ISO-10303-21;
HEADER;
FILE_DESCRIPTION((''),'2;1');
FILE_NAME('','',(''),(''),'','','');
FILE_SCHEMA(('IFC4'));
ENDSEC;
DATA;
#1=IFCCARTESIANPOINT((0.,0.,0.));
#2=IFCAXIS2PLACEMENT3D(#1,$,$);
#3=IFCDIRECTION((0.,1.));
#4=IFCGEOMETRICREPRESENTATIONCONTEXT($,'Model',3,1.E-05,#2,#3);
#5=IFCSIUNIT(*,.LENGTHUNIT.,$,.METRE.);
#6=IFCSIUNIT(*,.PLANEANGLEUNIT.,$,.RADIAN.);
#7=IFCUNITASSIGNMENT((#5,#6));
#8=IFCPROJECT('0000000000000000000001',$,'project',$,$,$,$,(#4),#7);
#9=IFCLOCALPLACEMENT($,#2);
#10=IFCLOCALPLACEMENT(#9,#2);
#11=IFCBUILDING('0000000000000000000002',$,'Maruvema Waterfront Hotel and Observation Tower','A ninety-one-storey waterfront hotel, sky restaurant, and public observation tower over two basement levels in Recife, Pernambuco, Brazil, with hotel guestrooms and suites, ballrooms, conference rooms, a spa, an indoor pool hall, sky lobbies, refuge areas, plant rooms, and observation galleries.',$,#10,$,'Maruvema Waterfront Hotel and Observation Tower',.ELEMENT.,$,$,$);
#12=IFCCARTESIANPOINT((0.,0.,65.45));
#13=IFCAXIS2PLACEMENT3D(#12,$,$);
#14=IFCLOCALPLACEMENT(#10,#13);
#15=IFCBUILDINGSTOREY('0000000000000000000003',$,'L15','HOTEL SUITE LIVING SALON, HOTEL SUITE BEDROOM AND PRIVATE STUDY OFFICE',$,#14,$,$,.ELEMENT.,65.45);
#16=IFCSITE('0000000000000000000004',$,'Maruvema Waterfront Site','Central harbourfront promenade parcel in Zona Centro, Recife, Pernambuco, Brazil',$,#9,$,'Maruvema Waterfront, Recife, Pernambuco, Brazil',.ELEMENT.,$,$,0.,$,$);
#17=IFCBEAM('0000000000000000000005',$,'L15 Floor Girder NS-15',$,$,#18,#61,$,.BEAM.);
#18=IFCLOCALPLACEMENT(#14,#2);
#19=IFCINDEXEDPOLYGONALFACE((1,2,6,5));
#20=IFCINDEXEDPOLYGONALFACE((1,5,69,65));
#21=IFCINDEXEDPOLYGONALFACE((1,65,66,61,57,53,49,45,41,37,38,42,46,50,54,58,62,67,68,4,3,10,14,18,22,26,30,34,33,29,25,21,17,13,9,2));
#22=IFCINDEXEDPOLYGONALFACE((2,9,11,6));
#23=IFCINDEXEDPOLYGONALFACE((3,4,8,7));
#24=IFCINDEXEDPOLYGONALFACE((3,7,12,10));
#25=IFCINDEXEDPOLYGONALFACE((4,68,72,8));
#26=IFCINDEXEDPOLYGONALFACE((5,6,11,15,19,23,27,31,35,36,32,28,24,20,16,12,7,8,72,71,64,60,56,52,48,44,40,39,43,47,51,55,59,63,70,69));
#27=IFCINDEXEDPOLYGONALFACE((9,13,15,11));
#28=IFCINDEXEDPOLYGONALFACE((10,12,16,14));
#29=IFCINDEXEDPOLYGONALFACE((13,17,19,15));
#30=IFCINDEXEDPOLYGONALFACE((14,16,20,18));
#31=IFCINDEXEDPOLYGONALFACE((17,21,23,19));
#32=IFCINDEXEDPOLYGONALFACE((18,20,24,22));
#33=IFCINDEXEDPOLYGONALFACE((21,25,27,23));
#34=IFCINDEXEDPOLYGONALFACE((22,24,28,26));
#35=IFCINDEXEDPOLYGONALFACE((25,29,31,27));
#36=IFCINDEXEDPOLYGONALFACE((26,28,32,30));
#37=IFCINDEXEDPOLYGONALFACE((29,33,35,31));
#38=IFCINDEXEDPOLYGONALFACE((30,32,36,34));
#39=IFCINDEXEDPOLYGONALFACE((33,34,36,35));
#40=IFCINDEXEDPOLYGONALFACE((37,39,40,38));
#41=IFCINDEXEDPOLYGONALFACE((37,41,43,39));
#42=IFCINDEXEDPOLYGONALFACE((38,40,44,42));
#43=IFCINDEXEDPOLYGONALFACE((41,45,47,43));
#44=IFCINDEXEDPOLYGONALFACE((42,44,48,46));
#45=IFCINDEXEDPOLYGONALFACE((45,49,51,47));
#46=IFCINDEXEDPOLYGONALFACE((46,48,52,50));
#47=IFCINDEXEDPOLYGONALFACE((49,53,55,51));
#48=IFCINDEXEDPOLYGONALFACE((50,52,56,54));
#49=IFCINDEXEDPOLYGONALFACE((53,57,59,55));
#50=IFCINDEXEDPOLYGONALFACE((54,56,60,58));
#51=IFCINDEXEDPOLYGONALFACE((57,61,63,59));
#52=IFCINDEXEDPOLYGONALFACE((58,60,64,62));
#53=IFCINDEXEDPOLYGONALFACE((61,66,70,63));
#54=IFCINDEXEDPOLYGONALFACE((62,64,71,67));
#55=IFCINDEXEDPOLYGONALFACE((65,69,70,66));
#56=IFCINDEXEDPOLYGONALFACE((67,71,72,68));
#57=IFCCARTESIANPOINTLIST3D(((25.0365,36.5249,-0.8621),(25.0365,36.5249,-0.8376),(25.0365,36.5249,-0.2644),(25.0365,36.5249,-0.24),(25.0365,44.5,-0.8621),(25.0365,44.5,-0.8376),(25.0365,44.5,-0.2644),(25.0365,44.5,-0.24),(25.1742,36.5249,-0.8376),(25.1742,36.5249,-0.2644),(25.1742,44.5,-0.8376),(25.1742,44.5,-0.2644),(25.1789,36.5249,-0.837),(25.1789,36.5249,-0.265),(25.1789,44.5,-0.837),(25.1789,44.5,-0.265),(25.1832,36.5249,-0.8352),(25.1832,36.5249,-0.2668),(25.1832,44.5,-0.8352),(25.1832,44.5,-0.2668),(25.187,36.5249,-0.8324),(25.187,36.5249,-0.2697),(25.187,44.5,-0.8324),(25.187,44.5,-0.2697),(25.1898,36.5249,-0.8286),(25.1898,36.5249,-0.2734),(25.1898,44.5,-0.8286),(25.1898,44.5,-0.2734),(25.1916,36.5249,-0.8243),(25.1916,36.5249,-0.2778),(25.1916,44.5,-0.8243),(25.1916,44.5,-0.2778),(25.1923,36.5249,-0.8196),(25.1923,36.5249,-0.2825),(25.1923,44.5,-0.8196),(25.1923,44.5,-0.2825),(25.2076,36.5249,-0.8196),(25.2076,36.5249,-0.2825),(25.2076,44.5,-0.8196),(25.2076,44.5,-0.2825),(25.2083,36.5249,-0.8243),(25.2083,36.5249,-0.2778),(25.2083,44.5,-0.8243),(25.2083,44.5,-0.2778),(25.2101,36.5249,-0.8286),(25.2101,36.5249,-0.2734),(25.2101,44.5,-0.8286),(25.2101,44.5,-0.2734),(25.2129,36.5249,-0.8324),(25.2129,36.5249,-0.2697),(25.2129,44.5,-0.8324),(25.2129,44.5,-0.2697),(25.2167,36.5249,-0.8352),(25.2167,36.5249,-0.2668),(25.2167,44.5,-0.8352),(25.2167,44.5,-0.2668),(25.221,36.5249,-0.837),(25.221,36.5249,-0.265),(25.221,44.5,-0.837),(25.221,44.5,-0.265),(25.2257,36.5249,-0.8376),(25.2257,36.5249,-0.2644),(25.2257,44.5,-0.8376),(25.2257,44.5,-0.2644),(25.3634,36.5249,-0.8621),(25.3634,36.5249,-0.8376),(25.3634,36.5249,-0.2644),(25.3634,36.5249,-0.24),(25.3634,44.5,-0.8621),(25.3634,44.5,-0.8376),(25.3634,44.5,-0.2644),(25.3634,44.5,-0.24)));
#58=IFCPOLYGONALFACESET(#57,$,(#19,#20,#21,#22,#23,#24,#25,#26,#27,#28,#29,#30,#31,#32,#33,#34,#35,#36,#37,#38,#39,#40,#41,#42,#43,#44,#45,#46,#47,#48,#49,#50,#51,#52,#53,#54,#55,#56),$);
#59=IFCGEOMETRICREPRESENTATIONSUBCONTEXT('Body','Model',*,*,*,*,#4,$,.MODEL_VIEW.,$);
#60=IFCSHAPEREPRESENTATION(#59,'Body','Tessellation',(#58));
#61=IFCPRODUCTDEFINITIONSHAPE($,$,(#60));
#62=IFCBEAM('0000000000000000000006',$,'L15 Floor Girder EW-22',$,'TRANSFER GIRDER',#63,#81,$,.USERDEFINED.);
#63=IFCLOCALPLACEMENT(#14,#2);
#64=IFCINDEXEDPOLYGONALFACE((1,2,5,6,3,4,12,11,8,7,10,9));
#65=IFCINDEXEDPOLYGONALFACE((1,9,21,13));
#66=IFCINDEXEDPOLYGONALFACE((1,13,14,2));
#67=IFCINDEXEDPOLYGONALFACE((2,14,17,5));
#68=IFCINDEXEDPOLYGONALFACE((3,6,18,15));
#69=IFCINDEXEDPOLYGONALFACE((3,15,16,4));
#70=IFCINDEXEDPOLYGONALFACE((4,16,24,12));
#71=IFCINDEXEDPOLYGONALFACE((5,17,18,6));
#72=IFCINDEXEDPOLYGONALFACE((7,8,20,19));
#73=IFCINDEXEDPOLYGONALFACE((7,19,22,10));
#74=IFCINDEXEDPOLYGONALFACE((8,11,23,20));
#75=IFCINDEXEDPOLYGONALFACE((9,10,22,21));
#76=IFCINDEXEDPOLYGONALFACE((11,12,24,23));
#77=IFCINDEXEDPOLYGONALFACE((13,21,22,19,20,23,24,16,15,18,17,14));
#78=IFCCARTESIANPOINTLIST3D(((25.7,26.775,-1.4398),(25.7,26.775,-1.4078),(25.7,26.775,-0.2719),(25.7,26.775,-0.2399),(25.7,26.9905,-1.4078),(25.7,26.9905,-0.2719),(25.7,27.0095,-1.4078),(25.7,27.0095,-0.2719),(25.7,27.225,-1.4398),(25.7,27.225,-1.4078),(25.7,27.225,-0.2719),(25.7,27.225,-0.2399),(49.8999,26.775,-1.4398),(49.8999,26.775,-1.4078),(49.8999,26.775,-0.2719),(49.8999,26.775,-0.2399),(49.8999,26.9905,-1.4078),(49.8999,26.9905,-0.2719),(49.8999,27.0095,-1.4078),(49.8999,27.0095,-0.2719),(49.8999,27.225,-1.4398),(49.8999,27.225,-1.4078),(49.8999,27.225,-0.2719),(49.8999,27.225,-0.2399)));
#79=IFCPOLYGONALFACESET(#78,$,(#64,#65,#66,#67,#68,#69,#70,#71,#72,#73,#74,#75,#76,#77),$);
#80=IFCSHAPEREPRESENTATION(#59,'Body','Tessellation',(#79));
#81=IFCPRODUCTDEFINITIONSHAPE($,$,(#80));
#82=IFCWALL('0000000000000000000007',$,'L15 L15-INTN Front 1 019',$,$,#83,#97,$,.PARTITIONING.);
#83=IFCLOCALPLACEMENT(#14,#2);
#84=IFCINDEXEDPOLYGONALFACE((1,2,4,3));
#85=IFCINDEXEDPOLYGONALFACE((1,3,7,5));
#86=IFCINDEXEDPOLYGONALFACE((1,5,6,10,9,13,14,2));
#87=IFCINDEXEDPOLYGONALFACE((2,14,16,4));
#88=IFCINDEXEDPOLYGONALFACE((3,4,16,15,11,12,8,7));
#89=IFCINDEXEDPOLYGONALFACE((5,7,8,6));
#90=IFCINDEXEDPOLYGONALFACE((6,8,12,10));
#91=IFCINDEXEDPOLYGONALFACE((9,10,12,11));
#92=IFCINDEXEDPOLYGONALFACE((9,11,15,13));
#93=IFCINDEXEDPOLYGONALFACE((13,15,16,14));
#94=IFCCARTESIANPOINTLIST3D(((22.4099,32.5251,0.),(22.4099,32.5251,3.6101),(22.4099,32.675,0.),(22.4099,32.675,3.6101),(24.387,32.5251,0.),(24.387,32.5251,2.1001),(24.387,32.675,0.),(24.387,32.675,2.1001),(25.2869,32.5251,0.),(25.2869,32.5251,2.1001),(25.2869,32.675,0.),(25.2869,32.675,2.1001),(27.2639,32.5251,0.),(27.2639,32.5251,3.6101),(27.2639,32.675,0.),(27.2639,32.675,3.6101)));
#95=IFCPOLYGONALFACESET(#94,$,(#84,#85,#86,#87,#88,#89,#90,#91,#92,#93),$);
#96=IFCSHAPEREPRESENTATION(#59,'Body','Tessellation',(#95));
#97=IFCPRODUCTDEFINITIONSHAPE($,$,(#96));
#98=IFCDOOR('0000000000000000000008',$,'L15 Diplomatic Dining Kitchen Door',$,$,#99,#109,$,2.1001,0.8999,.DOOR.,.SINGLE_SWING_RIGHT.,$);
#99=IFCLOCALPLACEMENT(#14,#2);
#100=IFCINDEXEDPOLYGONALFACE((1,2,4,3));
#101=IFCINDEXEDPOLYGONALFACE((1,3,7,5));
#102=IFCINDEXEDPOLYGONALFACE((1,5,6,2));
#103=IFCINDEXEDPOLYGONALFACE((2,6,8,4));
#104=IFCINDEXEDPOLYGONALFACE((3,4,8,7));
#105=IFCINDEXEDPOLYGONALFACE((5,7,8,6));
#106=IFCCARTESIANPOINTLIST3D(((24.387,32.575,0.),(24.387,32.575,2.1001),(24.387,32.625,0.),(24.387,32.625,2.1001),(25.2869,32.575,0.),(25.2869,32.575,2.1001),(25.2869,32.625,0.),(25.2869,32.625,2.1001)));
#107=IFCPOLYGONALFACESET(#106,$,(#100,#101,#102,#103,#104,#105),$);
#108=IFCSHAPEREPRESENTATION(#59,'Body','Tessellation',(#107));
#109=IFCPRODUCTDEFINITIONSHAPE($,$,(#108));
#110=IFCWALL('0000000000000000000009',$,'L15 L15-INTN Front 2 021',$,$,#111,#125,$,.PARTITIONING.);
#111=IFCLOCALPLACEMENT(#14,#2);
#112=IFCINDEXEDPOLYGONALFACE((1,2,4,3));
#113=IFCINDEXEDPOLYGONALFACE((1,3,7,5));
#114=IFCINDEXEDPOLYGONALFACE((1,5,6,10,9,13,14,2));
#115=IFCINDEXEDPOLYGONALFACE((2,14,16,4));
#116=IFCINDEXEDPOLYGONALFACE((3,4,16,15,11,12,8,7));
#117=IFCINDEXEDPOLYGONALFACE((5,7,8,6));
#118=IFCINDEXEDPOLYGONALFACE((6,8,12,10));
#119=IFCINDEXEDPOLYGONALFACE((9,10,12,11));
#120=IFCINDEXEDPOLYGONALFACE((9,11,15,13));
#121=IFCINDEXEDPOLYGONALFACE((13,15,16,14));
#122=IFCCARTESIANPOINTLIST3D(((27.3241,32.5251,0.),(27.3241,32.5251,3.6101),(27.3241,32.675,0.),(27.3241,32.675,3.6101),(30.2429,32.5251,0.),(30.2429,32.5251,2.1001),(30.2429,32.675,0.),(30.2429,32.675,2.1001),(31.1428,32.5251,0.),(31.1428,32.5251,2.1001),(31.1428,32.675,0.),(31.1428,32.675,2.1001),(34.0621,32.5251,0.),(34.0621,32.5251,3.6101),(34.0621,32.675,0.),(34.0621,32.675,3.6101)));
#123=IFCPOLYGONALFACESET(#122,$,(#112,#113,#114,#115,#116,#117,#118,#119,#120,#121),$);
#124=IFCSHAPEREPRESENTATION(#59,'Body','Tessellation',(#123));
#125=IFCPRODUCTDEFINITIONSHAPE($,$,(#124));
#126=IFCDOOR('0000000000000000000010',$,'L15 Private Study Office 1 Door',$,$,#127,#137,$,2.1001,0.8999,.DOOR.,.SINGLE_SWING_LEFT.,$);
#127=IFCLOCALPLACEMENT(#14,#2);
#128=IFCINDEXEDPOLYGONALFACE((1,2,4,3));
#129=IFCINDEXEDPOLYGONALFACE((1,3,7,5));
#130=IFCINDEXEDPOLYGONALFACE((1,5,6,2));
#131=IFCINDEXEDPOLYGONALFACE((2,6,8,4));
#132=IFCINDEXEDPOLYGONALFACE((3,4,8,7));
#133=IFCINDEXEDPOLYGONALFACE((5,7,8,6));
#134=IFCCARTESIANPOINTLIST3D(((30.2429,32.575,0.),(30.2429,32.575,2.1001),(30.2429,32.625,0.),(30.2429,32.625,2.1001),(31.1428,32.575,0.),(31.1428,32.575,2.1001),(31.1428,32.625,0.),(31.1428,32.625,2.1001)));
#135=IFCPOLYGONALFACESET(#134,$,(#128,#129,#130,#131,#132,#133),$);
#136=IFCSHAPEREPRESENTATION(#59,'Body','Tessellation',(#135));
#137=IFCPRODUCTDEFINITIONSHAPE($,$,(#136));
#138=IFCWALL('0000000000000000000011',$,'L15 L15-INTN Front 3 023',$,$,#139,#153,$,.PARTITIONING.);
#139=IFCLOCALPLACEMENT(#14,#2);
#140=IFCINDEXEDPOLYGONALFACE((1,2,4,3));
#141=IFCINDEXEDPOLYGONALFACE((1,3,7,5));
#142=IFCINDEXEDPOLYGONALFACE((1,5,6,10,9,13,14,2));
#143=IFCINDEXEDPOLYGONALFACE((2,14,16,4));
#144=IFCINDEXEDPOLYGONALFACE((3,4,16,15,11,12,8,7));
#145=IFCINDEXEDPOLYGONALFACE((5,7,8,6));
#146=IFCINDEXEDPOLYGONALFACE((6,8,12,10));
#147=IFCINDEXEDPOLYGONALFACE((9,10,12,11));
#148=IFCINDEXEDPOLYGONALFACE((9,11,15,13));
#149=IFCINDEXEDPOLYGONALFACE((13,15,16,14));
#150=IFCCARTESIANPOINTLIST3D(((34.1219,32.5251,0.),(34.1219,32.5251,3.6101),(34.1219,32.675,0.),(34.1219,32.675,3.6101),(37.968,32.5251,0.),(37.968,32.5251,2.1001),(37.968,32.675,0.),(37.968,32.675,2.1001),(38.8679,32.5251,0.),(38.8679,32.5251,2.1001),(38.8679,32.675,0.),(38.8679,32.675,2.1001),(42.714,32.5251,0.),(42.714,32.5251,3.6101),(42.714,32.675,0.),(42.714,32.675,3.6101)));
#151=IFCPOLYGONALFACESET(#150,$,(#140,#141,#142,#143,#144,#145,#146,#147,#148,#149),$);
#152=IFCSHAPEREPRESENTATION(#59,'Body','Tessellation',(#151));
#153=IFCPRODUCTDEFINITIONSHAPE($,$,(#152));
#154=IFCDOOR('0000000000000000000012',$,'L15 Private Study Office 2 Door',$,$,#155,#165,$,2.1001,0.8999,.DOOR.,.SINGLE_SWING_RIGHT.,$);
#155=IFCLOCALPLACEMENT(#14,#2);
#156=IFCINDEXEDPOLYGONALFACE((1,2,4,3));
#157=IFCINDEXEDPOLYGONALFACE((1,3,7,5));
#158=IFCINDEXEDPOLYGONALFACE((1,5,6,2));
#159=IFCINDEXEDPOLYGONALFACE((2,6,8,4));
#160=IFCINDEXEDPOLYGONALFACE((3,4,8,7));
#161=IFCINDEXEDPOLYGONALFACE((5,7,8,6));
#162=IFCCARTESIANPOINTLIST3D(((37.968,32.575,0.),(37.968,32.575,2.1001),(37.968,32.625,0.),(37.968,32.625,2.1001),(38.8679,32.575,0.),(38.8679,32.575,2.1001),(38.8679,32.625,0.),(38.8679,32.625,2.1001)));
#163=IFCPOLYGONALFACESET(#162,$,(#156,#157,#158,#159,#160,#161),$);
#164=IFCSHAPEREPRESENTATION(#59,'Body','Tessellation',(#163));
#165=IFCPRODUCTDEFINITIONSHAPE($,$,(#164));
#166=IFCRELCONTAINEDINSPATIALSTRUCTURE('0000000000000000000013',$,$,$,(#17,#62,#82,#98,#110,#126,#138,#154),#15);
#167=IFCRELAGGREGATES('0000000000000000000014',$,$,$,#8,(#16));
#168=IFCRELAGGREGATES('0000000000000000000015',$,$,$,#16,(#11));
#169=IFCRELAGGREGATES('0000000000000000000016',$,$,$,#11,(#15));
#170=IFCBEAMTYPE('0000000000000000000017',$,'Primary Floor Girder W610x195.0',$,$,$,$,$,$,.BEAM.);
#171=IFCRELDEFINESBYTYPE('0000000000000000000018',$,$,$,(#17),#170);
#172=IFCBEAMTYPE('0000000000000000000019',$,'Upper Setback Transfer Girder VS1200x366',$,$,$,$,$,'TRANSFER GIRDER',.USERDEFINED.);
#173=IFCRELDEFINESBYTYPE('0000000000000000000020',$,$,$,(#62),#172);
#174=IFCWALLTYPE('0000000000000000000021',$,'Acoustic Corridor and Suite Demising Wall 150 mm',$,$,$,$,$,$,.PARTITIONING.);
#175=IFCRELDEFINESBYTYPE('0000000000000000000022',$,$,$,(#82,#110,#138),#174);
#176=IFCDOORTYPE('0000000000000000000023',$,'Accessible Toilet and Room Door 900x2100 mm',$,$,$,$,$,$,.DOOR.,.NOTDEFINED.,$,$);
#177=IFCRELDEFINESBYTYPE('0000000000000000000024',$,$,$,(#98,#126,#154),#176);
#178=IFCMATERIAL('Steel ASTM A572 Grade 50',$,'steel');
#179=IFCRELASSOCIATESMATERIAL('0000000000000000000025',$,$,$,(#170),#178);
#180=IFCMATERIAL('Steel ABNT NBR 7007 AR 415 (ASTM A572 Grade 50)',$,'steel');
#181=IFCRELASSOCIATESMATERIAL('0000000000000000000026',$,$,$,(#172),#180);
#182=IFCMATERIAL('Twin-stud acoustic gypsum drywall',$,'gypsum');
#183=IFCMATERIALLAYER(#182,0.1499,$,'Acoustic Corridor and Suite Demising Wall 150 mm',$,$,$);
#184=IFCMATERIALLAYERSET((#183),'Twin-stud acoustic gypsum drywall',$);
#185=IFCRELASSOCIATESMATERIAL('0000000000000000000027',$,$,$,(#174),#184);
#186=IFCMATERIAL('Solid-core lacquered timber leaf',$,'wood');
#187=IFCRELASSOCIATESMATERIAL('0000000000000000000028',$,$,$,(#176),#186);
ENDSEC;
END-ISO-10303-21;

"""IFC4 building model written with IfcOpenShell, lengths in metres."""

from ifc_helpers import new_model, si_unit, direction, frame, frame_2d, origin, origin_2d, place, context, subcontext, project, spatial, rectangle, i_section, extrude, material, layer, layer_set, material_profile, profile_set, type_object, element, fill, save


model = new_model("IFC4")

# Units and contexts
model_context = context("Model", 3, precision=1e-05, world=origin(), true_north=direction((0.0, 1.0)))
body_context = subcontext(model_context, "Body", "Model", "MODEL_VIEW")
ifc_project = project(units=[si_unit("LENGTHUNIT", "METRE"), si_unit("PLANEANGLEUNIT", "RADIAN")], contexts=[model_context])

# Site, building, storey
site_placement = place(None, origin())
site = spatial("IfcSite", under=ifc_project, at=site_placement, Name="Maruvema Waterfront Site", Description="Central harbourfront promenade parcel in Zona Centro, Recife, Pernambuco, Brazil", LongName="Maruvema Waterfront, Recife, Pernambuco, Brazil", CompositionType="ELEMENT", RefElevation=0.0)
building_placement = place(site_placement, origin())
building = spatial("IfcBuilding", under=site, at=building_placement, Name="Maruvema Waterfront Hotel and Observation Tower", Description="A ninety-one-storey waterfront hotel, sky restaurant, and public observation tower over two basement levels in Recife, Pernambuco, Brazil, with hotel guestrooms and suites, ballrooms, conference rooms, a spa, an indoor pool hall, sky lobbies, refuge areas, plant rooms, and observation galleries.", LongName="Maruvema Waterfront Hotel and Observation Tower", CompositionType="ELEMENT")
storey_placement = place(building_placement, frame((0.0, 0.0, 65.45)))
storey = spatial("IfcBuildingStorey", under=building, at=storey_placement, Name="L15", Description="HOTEL SUITE LIVING SALON, HOTEL SUITE BEDROOM AND PRIVATE STUDY OFFICE", CompositionType="ELEMENT", Elevation=65.45)

# Beams
ifc_material_1 = material(Name="Steel ASTM A572 Grade 50", Category="steel")
ifc_material_profile_1 = material_profile(ifc_material_1, i_section(OverallWidth=0.3269, OverallDepth=0.6221, WebThickness=0.0154, FlangeThickness=0.0244, FilletRadius=0.0181, at=origin_2d()), Name="W610x195.0")
ifc_profile_set_1 = profile_set([ifc_material_profile_1], Name="Steel ASTM A572 Grade 50")
beam_type_1 = type_object("IfcBeamType", Name="Primary Floor Girder W610x195.0", PredefinedType="BEAM", material=ifc_profile_set_1)
for number, where, z_axis, x_axis, name in (
    (1, (25.2, 36.5249, -0.551), (0.0, 1.0, 0.0), (-1.0, 0.0, 0.0), "L15 Floor Girder NS-15"),
):
    element("IfcBeam", number, at=place(storey_placement, frame(where, z_axis=z_axis, x_axis=x_axis)), inside=storey, type_object=beam_type_1, Name=name, PredefinedType="BEAM", context=body_context, shape_type="SweptSolid", body=[
        extrude(i_section(OverallWidth=0.3269, OverallDepth=0.6221, WebThickness=0.0154, FlangeThickness=0.0244, FilletRadius=0.0181, at=origin_2d()), origin(), (0.0, 0.0, 1.0), 7.9751),
    ])
ifc_material_2 = material(Name="Steel ABNT NBR 7007 AR 415 (ASTM A572 Grade 50)", Category="steel")
ifc_material_profile_2 = material_profile(ifc_material_2, i_section(OverallWidth=0.45, OverallDepth=1.2, WebThickness=0.019, FlangeThickness=0.032, at=origin_2d()), Name="VS1200x366")
ifc_profile_set_2 = profile_set([ifc_material_profile_2], Name="Steel ABNT NBR 7007 AR 415 (ASTM A572 Grade 50)")
beam_type_2 = type_object("IfcBeamType", Name="Upper Setback Transfer Girder VS1200x366", ElementType="TRANSFER GIRDER", PredefinedType="USERDEFINED", material=ifc_profile_set_2)
beam_1_placement = place(storey_placement, frame((25.7, 27.0, -0.8398), z_axis=(1.0, 0.0, 0.0), x_axis=(0.0, 1.0, 0.0)))
element("IfcBeam", 2, at=beam_1_placement, inside=storey, type_object=beam_type_2, Name="L15 Floor Girder EW-22", ObjectType="TRANSFER GIRDER", PredefinedType="USERDEFINED", context=body_context, shape_type="SweptSolid", body=[
    extrude(i_section(OverallWidth=0.45, OverallDepth=1.2, WebThickness=0.019, FlangeThickness=0.032, at=origin_2d()), origin(), (0.0, 0.0, 1.0), 24.2),
])

# Walls, openings, doors
ifc_material_3 = material(Name="Twin-stud acoustic gypsum drywall", Category="gypsum")
ifc_layer_1 = layer(ifc_material_3, 0.1499, Name="Acoustic Corridor and Suite Demising Wall 150 mm")
ifc_layer_set_1 = layer_set([ifc_layer_1], Name="Twin-stud acoustic gypsum drywall")
wall_type_1 = type_object("IfcWallType", Name="Acoustic Corridor and Suite Demising Wall 150 mm", PredefinedType="PARTITIONING", material=ifc_layer_set_1)
wall_1_placement = place(storey_placement, frame((22.4099, 32.6001, 0.0), z_axis=(0.0, 0.0, 1.0), x_axis=(1.0, 0.0, 0.0)))
wall_1 = element("IfcWall", 3, at=wall_1_placement, inside=storey, type_object=wall_type_1, Name="L15 L15-INTN Front 1 019", PredefinedType="PARTITIONING", context=body_context, shape_type="SweptSolid", body=[
    extrude(rectangle(XDim=4.854, YDim=0.1499, at=frame_2d((2.427, 0.0))), origin(), (0.0, 0.0, 1.0), 3.6101),
])
opening_1_placement = place(wall_1_placement, frame((1.9771, 0.0, 0.0)))
opening_1 = element("IfcOpeningElement", 4, at=opening_1_placement, cuts=wall_1, PredefinedType="OPENING", context=body_context, shape_type="SweptSolid", body=[
    extrude(rectangle(XDim=0.8999, YDim=2.1001, at=frame_2d((0.45, 1.05))), frame((0.0, 0.085, 0.0), z_axis=(0.0, -1.0, 0.0), x_axis=(1.0, 0.0, 0.0)), (0.0, 0.0, 1.0), 0.1699),
])
ifc_material_4 = material(Name="Solid-core lacquered timber leaf", Category="wood")
door_type_1 = type_object("IfcDoorType", Name="Accessible Toilet and Room Door 900x2100 mm", OperationType="NOTDEFINED", PredefinedType="DOOR", material=ifc_material_4)
door_1_placement = place(opening_1_placement, origin())
door_1 = element("IfcDoor", 5, at=door_1_placement, inside=storey, type_object=door_type_1, Name="L15 Diplomatic Dining Kitchen Door", OperationType="SINGLE_SWING_RIGHT", OverallHeight=2.1001, OverallWidth=0.8999, PredefinedType="DOOR", context=body_context, shape_type="SweptSolid", body=[
    extrude(rectangle(XDim=0.8999, YDim=2.1001, at=frame_2d((0.45, 1.05))), frame((0.0, 0.0249, 0.0), z_axis=(0.0, -1.0, 0.0), x_axis=(1.0, 0.0, 0.0)), (0.0, 0.0, 1.0), 0.05),
])
fill(opening_1, door_1)
wall_2_placement = place(storey_placement, frame((27.324, 32.6001, 0.0), z_axis=(0.0, 0.0, 1.0), x_axis=(1.0, 0.0, 0.0)))
wall_2 = element("IfcWall", 6, at=wall_2_placement, inside=storey, type_object=wall_type_1, Name="L15 L15-INTN Front 2 021", PredefinedType="PARTITIONING", context=body_context, shape_type="SweptSolid", body=[
    extrude(rectangle(XDim=6.738, YDim=0.1499, at=frame_2d((3.3691, 0.0))), origin(), (0.0, 0.0, 1.0), 3.6101),
])
opening_2_placement = place(wall_2_placement, frame((2.9189, 0.0, 0.0)))
opening_2 = element("IfcOpeningElement", 7, at=opening_2_placement, cuts=wall_2, PredefinedType="OPENING", context=body_context, shape_type="SweptSolid", body=[
    extrude(rectangle(XDim=0.8999, YDim=2.1001, at=frame_2d((0.45, 1.05))), frame((0.0, 0.085, 0.0), z_axis=(0.0, -1.0, 0.0), x_axis=(1.0, 0.0, 0.0)), (0.0, 0.0, 1.0), 0.1699),
])
door_2_placement = place(opening_2_placement, origin())
door_2 = element("IfcDoor", 8, at=door_2_placement, inside=storey, type_object=door_type_1, Name="L15 Private Study Office 1 Door", OperationType="SINGLE_SWING_LEFT", OverallHeight=2.1001, OverallWidth=0.8999, PredefinedType="DOOR", context=body_context, shape_type="SweptSolid", body=[
    extrude(rectangle(XDim=0.8999, YDim=2.1001, at=frame_2d((0.45, 1.05))), frame((0.0, 0.0249, 0.0), z_axis=(0.0, -1.0, 0.0), x_axis=(1.0, 0.0, 0.0)), (0.0, 0.0, 1.0), 0.05),
])
fill(opening_2, door_2)
wall_3_placement = place(storey_placement, frame((34.1221, 32.6001, 0.0), z_axis=(0.0, 0.0, 1.0), x_axis=(1.0, 0.0, 0.0)))
wall_3 = element("IfcWall", 9, at=wall_3_placement, inside=storey, type_object=wall_type_1, Name="L15 L15-INTN Front 3 023", PredefinedType="PARTITIONING", context=body_context, shape_type="SweptSolid", body=[
    extrude(rectangle(XDim=8.592, YDim=0.1499, at=frame_2d((4.2959, 0.0))), origin(), (0.0, 0.0, 1.0), 3.6101),
])
opening_3_placement = place(wall_3_placement, frame((3.8459, 0.0, 0.0)))
opening_3 = element("IfcOpeningElement", 10, at=opening_3_placement, cuts=wall_3, PredefinedType="OPENING", context=body_context, shape_type="SweptSolid", body=[
    extrude(rectangle(XDim=0.8999, YDim=2.1001, at=frame_2d((0.45, 1.05))), frame((0.0, 0.085, 0.0), z_axis=(0.0, -1.0, 0.0), x_axis=(1.0, 0.0, 0.0)), (0.0, 0.0, 1.0), 0.1699),
])
door_3_placement = place(opening_3_placement, origin())
door_3 = element("IfcDoor", 11, at=door_3_placement, inside=storey, type_object=door_type_1, Name="L15 Private Study Office 2 Door", OperationType="SINGLE_SWING_RIGHT", OverallHeight=2.1001, OverallWidth=0.8999, PredefinedType="DOOR", context=body_context, shape_type="SweptSolid", body=[
    extrude(rectangle(XDim=0.8999, YDim=2.1001, at=frame_2d((0.45, 1.05))), frame((0.0, 0.0249, 0.0), z_axis=(0.0, -1.0, 0.0), x_axis=(1.0, 0.0, 0.0)), (0.0, 0.0, 1.0), 0.05),
])
fill(opening_3, door_3)

save(model, "model.ifc")
